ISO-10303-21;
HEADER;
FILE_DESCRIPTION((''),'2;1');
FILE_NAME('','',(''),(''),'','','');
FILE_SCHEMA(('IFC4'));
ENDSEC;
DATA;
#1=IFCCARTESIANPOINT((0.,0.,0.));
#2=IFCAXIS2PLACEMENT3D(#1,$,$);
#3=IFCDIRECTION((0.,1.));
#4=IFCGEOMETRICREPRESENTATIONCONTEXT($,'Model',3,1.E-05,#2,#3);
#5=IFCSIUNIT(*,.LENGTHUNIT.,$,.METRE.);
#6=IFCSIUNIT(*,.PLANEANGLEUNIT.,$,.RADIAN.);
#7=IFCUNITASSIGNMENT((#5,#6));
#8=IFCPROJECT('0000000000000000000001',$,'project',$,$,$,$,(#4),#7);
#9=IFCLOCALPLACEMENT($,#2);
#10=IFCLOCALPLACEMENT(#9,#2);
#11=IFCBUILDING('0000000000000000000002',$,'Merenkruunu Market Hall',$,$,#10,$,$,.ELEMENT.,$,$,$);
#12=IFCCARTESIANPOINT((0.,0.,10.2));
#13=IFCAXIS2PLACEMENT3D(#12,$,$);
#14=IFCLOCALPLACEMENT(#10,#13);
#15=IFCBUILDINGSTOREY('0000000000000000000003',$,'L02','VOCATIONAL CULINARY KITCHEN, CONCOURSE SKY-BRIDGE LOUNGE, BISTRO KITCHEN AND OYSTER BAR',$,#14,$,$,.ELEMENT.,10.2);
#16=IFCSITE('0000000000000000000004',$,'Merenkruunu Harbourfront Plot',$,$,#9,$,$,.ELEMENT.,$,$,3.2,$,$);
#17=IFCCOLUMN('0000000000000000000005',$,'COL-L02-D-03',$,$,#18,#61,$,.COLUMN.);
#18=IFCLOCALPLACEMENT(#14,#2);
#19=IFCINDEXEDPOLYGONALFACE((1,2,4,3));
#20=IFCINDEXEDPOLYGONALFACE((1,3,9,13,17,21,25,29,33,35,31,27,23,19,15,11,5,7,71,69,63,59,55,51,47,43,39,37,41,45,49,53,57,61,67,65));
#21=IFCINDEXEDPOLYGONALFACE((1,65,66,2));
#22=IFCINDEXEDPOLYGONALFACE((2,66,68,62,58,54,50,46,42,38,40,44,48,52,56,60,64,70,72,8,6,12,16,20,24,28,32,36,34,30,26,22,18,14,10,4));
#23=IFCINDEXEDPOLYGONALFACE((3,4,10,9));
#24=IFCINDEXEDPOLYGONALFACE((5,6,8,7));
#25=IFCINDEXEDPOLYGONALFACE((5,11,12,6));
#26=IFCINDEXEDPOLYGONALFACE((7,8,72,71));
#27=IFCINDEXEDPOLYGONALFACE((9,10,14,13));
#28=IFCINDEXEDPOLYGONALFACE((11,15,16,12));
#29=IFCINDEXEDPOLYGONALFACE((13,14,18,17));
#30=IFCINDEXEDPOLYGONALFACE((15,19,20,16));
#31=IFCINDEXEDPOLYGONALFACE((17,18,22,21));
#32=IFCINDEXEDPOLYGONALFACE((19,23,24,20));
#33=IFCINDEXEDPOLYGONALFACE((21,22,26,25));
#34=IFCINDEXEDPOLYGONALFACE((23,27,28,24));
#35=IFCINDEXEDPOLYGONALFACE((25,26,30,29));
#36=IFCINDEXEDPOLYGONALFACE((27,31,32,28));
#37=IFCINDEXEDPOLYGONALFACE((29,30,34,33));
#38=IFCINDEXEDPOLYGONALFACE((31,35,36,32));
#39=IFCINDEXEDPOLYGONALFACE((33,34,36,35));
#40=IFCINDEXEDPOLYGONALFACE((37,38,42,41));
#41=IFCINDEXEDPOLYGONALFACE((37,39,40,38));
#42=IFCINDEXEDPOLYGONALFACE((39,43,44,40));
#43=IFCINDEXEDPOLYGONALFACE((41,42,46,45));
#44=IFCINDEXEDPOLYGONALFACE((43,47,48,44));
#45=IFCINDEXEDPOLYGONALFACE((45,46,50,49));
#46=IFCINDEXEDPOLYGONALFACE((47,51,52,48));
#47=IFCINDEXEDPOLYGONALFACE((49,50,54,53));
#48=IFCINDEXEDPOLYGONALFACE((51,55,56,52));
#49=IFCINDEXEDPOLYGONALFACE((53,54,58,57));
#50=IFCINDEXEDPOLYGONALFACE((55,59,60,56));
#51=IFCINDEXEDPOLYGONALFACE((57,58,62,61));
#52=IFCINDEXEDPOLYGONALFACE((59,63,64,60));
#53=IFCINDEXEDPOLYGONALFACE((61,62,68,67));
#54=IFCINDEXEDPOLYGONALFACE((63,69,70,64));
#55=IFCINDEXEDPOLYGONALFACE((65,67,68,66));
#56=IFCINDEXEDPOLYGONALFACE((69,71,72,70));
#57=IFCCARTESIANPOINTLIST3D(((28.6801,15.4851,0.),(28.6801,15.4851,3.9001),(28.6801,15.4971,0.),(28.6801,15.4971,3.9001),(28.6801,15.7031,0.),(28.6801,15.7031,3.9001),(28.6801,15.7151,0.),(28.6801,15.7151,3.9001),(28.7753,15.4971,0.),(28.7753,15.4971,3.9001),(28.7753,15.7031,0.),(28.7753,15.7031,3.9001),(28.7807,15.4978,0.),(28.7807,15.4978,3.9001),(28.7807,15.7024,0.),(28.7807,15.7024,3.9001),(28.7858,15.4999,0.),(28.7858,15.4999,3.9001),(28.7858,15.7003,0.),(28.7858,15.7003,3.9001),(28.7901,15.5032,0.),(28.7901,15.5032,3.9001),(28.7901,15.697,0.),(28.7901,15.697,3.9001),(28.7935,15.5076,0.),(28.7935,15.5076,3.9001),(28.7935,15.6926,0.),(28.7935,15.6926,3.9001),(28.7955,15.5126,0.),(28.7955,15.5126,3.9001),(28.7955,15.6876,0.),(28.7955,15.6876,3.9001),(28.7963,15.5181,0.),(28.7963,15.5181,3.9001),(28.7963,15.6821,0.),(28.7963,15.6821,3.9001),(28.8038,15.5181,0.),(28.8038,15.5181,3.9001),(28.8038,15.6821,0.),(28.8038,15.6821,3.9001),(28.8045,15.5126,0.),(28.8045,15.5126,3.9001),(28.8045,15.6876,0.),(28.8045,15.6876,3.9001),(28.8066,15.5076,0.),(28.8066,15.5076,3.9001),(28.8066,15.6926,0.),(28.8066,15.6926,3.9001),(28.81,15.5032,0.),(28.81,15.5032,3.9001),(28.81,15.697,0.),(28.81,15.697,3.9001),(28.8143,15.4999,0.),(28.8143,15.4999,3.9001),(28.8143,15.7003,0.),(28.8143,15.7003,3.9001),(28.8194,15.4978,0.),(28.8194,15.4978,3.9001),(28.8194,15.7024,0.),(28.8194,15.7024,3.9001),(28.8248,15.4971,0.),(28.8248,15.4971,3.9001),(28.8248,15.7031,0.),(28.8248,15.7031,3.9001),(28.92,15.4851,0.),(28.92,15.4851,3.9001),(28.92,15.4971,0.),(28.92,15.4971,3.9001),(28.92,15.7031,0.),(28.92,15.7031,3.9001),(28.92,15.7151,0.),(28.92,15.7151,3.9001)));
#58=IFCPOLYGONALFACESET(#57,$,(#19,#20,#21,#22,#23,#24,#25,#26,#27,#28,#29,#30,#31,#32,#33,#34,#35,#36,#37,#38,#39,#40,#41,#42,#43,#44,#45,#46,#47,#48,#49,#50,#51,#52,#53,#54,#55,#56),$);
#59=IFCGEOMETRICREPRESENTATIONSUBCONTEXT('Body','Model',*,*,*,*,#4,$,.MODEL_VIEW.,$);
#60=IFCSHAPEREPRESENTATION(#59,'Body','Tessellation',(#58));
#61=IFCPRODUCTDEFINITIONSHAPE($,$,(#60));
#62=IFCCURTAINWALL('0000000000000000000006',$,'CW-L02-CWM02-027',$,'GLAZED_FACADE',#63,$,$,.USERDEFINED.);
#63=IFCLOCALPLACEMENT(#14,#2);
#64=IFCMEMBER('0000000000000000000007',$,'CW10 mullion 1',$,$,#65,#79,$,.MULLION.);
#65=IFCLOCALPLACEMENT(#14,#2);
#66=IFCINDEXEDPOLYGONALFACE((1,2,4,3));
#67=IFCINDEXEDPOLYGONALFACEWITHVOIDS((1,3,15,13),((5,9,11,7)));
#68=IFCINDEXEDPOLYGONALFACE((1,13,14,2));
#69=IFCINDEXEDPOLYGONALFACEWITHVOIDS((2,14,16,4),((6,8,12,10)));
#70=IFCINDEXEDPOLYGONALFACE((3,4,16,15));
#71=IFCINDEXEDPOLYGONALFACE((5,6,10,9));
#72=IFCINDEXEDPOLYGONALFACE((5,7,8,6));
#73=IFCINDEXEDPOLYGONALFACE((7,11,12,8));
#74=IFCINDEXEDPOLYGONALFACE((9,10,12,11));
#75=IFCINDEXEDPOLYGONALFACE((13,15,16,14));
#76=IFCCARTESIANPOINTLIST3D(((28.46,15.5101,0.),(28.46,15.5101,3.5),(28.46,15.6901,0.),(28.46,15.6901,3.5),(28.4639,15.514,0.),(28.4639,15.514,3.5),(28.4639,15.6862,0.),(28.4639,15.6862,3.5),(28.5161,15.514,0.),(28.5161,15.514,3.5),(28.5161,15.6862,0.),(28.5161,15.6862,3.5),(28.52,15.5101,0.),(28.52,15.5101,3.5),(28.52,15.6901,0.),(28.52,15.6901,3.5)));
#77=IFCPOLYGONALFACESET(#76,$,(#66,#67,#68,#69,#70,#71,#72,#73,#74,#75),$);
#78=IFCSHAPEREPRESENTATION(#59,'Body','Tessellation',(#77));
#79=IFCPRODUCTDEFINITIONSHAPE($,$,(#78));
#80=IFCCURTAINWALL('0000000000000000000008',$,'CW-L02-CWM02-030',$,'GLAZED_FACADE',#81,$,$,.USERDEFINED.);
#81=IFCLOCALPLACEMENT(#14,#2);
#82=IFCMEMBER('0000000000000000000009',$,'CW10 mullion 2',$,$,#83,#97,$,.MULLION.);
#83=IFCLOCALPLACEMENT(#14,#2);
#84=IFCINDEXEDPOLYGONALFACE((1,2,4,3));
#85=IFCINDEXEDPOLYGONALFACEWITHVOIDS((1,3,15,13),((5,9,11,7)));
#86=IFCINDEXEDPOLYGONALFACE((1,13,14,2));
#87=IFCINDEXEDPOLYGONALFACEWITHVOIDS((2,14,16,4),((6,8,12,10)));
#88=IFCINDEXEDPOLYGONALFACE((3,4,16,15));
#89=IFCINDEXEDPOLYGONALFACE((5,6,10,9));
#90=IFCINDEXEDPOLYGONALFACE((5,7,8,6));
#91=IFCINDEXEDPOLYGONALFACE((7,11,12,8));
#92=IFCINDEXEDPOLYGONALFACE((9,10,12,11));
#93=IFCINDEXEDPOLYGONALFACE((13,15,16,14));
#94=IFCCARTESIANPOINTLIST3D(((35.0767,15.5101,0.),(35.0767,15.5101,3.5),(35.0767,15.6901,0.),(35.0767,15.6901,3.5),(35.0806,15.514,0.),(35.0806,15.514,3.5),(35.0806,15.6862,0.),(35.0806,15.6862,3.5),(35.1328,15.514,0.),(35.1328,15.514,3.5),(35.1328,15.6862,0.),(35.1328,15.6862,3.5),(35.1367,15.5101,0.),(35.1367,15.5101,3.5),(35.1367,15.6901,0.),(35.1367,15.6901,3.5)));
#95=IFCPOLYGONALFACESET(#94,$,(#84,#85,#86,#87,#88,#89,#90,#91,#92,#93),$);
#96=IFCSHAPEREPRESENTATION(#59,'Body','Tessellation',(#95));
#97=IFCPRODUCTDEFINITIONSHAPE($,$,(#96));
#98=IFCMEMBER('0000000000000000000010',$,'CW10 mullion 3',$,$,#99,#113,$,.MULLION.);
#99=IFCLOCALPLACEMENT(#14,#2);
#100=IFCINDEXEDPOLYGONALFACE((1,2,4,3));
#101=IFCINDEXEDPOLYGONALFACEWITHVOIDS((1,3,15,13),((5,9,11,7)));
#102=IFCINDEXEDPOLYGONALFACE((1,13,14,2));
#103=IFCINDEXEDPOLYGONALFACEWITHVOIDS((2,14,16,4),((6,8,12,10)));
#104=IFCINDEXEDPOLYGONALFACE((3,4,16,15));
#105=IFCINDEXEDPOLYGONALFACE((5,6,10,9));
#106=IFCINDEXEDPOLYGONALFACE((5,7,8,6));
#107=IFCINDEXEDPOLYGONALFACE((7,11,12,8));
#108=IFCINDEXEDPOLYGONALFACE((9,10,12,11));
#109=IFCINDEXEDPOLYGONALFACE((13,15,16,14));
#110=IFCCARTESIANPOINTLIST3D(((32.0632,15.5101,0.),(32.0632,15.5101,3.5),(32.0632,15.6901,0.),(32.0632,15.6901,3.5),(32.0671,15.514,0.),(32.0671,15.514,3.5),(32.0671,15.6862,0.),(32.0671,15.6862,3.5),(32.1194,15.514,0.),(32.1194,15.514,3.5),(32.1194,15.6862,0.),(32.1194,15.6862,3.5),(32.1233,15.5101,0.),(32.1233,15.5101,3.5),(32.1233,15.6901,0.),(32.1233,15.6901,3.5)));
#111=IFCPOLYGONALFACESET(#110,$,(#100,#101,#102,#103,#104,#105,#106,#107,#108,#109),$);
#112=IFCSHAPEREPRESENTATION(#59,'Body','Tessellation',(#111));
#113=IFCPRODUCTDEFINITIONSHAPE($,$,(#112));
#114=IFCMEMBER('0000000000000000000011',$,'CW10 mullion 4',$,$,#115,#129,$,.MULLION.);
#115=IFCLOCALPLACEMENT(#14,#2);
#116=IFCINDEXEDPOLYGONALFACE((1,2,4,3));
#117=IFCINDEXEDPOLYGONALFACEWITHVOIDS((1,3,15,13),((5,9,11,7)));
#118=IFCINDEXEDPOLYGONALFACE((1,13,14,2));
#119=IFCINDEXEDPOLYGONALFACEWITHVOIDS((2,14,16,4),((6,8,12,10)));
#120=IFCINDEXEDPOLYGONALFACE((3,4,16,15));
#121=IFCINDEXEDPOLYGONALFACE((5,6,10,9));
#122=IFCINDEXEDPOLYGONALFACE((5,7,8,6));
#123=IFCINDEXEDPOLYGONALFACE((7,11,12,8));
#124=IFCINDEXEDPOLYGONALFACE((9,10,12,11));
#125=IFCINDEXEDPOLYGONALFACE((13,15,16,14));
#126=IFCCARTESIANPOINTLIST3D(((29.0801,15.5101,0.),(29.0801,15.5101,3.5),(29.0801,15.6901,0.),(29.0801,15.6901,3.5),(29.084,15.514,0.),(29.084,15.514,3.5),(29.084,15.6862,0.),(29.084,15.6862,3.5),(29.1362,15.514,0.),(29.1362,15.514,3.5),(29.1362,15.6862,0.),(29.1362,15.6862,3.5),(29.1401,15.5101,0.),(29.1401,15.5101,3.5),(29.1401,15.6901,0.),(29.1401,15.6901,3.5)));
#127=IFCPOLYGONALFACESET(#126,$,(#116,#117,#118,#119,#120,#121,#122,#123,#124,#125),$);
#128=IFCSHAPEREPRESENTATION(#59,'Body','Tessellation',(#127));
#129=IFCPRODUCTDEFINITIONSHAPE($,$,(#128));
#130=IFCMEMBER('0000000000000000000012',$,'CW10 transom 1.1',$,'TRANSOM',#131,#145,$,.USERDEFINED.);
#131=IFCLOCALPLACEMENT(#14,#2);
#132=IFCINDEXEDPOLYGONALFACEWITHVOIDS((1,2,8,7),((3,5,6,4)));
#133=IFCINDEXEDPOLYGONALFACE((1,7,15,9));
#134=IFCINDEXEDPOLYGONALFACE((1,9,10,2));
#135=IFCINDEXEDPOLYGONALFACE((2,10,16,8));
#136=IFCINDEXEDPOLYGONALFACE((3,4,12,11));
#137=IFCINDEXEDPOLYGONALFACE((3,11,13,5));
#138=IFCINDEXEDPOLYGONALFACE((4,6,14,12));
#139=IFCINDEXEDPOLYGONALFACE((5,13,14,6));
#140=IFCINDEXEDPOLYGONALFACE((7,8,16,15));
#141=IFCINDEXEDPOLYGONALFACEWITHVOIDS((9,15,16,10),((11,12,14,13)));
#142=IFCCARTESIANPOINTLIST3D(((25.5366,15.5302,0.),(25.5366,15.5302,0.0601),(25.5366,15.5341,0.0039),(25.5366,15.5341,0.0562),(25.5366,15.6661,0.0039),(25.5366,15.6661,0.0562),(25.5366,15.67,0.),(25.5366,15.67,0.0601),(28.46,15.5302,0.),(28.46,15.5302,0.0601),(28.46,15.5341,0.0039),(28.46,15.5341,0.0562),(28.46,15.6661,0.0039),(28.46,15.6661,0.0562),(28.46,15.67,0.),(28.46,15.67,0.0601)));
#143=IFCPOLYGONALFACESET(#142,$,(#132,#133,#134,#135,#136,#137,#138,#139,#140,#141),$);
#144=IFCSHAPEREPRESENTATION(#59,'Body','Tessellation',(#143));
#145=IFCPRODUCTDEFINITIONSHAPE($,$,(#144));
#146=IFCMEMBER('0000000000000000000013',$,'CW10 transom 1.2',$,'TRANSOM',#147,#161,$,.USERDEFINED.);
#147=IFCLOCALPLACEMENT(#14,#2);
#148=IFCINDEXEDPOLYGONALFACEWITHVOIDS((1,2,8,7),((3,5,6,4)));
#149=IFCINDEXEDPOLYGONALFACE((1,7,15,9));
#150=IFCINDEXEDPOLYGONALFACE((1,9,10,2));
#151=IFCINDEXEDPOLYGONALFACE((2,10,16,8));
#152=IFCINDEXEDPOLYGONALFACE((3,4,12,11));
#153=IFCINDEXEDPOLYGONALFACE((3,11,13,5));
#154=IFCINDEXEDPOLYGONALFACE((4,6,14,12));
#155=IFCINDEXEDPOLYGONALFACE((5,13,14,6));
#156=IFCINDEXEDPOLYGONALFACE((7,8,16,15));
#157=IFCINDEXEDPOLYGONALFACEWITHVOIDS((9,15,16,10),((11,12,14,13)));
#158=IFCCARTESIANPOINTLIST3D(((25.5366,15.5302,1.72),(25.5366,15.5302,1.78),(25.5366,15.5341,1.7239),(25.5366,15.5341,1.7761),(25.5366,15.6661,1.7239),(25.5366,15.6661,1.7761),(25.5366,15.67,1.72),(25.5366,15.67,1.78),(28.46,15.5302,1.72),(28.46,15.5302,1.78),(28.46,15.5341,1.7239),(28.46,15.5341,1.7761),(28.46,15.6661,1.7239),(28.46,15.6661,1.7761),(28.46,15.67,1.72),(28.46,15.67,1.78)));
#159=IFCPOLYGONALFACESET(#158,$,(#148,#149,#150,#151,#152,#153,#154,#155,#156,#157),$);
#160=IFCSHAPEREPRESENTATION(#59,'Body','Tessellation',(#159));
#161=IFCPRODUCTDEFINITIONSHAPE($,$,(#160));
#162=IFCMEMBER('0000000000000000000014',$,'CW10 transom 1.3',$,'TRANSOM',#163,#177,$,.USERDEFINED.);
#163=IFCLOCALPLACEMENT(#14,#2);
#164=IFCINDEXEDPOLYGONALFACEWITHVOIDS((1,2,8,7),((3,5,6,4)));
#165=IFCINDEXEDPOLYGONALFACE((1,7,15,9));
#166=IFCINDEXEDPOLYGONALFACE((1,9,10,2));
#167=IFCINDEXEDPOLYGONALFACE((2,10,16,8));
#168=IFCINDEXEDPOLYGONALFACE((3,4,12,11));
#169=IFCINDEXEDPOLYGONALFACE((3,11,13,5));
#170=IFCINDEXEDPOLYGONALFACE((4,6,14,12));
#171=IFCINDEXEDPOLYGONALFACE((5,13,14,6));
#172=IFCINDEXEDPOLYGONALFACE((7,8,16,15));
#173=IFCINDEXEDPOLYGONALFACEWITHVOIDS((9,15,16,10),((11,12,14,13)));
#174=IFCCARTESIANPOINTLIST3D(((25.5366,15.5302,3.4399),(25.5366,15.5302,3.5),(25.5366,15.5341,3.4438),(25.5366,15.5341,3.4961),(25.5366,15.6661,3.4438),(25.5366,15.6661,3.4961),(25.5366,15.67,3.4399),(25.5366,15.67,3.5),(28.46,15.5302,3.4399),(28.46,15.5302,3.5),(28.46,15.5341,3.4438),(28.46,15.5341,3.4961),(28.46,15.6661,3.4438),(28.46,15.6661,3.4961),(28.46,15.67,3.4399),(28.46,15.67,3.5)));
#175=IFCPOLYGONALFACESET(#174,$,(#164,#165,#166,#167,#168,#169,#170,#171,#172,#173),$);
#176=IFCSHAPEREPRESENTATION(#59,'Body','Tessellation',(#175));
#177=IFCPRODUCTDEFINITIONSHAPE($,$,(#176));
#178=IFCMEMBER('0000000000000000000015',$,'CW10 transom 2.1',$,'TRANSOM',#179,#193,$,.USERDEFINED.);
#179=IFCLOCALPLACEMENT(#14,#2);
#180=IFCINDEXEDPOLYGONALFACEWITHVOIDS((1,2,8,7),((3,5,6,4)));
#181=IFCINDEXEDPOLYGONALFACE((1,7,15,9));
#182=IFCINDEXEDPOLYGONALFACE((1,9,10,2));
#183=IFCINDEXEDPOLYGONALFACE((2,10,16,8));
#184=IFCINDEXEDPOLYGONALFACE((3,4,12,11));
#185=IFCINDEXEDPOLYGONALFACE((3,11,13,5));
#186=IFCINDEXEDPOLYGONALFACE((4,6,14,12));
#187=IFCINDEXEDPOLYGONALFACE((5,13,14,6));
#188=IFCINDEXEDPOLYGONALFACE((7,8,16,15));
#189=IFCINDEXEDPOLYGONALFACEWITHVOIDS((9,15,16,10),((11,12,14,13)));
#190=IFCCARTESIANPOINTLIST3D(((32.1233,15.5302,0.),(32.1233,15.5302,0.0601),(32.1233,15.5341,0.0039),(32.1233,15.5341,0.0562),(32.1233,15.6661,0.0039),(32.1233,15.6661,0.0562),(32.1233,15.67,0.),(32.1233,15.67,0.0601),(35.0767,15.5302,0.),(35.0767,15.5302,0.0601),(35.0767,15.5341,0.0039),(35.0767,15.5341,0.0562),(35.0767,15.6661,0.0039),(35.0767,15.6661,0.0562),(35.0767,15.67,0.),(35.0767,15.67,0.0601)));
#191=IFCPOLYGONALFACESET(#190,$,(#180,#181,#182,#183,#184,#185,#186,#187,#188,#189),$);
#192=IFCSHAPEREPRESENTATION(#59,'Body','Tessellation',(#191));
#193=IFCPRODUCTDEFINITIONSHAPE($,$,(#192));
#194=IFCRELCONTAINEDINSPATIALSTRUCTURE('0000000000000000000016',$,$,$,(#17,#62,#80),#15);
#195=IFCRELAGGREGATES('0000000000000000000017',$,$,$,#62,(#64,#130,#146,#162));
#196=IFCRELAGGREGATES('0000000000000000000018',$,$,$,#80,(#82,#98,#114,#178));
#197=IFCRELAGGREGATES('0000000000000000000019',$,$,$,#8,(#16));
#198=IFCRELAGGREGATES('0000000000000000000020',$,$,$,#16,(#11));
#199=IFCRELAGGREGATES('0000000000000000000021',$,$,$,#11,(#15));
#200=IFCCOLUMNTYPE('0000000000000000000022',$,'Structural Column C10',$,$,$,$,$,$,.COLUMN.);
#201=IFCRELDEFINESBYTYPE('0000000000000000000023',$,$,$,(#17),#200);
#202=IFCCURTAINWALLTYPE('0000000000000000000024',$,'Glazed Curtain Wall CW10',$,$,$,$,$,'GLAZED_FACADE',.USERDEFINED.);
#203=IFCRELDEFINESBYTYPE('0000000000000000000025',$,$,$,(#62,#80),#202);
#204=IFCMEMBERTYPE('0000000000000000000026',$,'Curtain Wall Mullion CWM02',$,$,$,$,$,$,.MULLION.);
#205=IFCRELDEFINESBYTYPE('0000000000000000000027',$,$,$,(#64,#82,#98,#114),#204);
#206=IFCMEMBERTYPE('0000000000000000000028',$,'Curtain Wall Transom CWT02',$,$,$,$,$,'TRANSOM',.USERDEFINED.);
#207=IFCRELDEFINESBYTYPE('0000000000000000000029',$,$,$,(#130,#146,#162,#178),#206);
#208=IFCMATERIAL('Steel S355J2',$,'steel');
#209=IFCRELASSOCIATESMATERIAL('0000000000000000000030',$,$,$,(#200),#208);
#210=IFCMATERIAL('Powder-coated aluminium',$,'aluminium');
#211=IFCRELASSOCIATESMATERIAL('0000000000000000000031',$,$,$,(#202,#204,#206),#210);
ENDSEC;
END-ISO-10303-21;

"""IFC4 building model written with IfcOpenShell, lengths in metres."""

from ifc_helpers import new_model, si_unit, direction, frame, origin, origin_2d, place, context, subcontext, project, spatial, hollow_rectangle, i_section, extrude, material, material_profile, profile_set, type_object, element, aggregate, save


model = new_model("IFC4")

# Units and contexts
model_context = context("Model", 3, precision=1e-05, world=origin(), true_north=direction((0.0, 1.0)))
body_context = subcontext(model_context, "Body", "Model", "MODEL_VIEW")
ifc_project = project(units=[si_unit("LENGTHUNIT", "METRE"), si_unit("PLANEANGLEUNIT", "RADIAN")], contexts=[model_context])

# Site, building, storey
site_placement = place(None, origin())
site = spatial("IfcSite", under=ifc_project, at=site_placement, Name="Merenkruunu Harbourfront Plot", CompositionType="ELEMENT", RefElevation=3.2)
building_placement = place(site_placement, origin())
building = spatial("IfcBuilding", under=site, at=building_placement, Name="Merenkruunu Market Hall", CompositionType="ELEMENT")
storey_placement = place(building_placement, frame((0.0, 0.0, 10.2)))
storey = spatial("IfcBuildingStorey", under=building, at=storey_placement, Name="L02", Description="VOCATIONAL CULINARY KITCHEN, CONCOURSE SKY-BRIDGE LOUNGE, BISTRO KITCHEN AND OYSTER BAR", CompositionType="ELEMENT", Elevation=10.2)

# Column
ifc_material_1 = material(Name="Steel S355J2", Category="steel")
ifc_material_profile_1 = material_profile(ifc_material_1, i_section(OverallWidth=0.24, OverallDepth=0.23, WebThickness=0.0076, FlangeThickness=0.012, FilletRadius=0.021, at=origin_2d()), Name="HEA 240")
ifc_profile_set_1 = profile_set([ifc_material_profile_1], Name="Steel S355J2")
column_type = type_object("IfcColumnType", Name="Structural Column C10", PredefinedType="COLUMN", material=ifc_profile_set_1)
column_placement = place(storey_placement, frame((28.8, 15.6001, 0.0), z_axis=(0.0, 0.0, 1.0), x_axis=(1.0, 0.0, 0.0)))
element("IfcColumn", 1, at=column_placement, inside=storey, type_object=column_type, Name="COL-L02-D-03", PredefinedType="COLUMN", context=body_context, shape_type="SweptSolid", body=[
    extrude(i_section(OverallWidth=0.24, OverallDepth=0.23, WebThickness=0.0076, FlangeThickness=0.012, FilletRadius=0.021, at=origin_2d()), origin(), (0.0, 0.0, 1.0), 3.9001),
])

# Curtain wall, member
ifc_material_2 = material(Name="Powder-coated aluminium", Category="aluminium")
curtain_wall_type = type_object("IfcCurtainWallType", Name="Glazed Curtain Wall CW10", ElementType="GLAZED_FACADE", PredefinedType="USERDEFINED", material=ifc_material_2)
curtain_wall_1_placement = place(storey_placement, origin())
curtain_wall_1 = element("IfcCurtainWall", 2, at=curtain_wall_1_placement, inside=storey, type_object=curtain_wall_type, Name="CW-L02-CWM02-027", ObjectType="GLAZED_FACADE", PredefinedType="USERDEFINED")
ifc_material_profile_2 = material_profile(ifc_material_2, hollow_rectangle(XDim=0.0601, YDim=0.1799, WallThickness=0.0039, at=origin_2d()), Name="ALU 60x180x4")
ifc_profile_set_2 = profile_set([ifc_material_profile_2], Name="Powder-coated aluminium")
member_type_1 = type_object("IfcMemberType", Name="Curtain Wall Mullion CWM02", PredefinedType="MULLION", material=ifc_profile_set_2)
member_1_placement = place(storey_placement, frame((28.49, 15.6001, 0.0), z_axis=(0.0, 0.0, 1.0), x_axis=(-1.0, 0.0, 0.0)))
member_1 = element("IfcMember", 3, at=member_1_placement, type_object=member_type_1, Name="CW10 mullion 1", PredefinedType="MULLION", context=body_context, shape_type="SweptSolid", body=[
    extrude(hollow_rectangle(XDim=0.0601, YDim=0.1799, WallThickness=0.0039, at=origin_2d()), origin(), (0.0, 0.0, 1.0), 3.5),
])

# Curtain wall, members
curtain_wall_2_placement = place(storey_placement, origin())
curtain_wall_2 = element("IfcCurtainWall", 4, at=curtain_wall_2_placement, inside=storey, type_object=curtain_wall_type, Name="CW-L02-CWM02-030", ObjectType="GLAZED_FACADE", PredefinedType="USERDEFINED")
member_2_placement = place(storey_placement, frame((35.1067, 15.6001, 0.0), z_axis=(0.0, 0.0, 1.0), x_axis=(-1.0, 0.0, 0.0)))
member_2 = element("IfcMember", 5, at=member_2_placement, type_object=member_type_1, Name="CW10 mullion 2", PredefinedType="MULLION", context=body_context, shape_type="SweptSolid", body=[
    extrude(hollow_rectangle(XDim=0.0601, YDim=0.1799, WallThickness=0.0039, at=origin_2d()), origin(), (0.0, 0.0, 1.0), 3.5),
])
member_3_placement = place(storey_placement, frame((32.0933, 15.6001, 0.0), z_axis=(0.0, 0.0, 1.0), x_axis=(-1.0, 0.0, 0.0)))
member_3 = element("IfcMember", 6, at=member_3_placement, type_object=member_type_1, Name="CW10 mullion 3", PredefinedType="MULLION", context=body_context, shape_type="SweptSolid", body=[
    extrude(hollow_rectangle(XDim=0.0601, YDim=0.1799, WallThickness=0.0039, at=origin_2d()), origin(), (0.0, 0.0, 1.0), 3.5),
])
member_4_placement = place(storey_placement, frame((29.1101, 15.6001, 0.0), z_axis=(0.0, 0.0, 1.0), x_axis=(-1.0, 0.0, 0.0)))
member_4 = element("IfcMember", 7, at=member_4_placement, type_object=member_type_1, Name="CW10 mullion 4", PredefinedType="MULLION", context=body_context, shape_type="SweptSolid", body=[
    extrude(hollow_rectangle(XDim=0.0601, YDim=0.1799, WallThickness=0.0039, at=origin_2d()), origin(), (0.0, 0.0, 1.0), 3.5),
])

# Members
ifc_material_profile_3 = material_profile(ifc_material_2, hollow_rectangle(XDim=0.0601, YDim=0.1399, WallThickness=0.0039, at=origin_2d()), Name="ALU 60x140x4")
ifc_profile_set_3 = profile_set([ifc_material_profile_3], Name="Powder-coated aluminium")
member_type_2 = type_object("IfcMemberType", Name="Curtain Wall Transom CWT02", ElementType="TRANSOM", PredefinedType="USERDEFINED", material=ifc_profile_set_3)
member_5_placement = place(storey_placement, frame((28.46, 15.6001, 0.03), z_axis=(-1.0, 0.0, 0.0), x_axis=(0.0, 0.0, 1.0)))
member_5 = element("IfcMember", 8, at=member_5_placement, type_object=member_type_2, Name="CW10 transom 1.1", ObjectType="TRANSOM", PredefinedType="USERDEFINED", context=body_context, shape_type="SweptSolid", body=[
    extrude(hollow_rectangle(XDim=0.0601, YDim=0.1399, WallThickness=0.0039, at=origin_2d()), origin(), (0.0, 0.0, 1.0), 2.9233),
])
member_6_placement = place(storey_placement, frame((28.46, 15.6001, 1.75), z_axis=(-1.0, 0.0, 0.0), x_axis=(0.0, 0.0, 1.0)))
member_6 = element("IfcMember", 9, at=member_6_placement, type_object=member_type_2, Name="CW10 transom 1.2", ObjectType="TRANSOM", PredefinedType="USERDEFINED", context=body_context, shape_type="SweptSolid", body=[
    extrude(hollow_rectangle(XDim=0.0601, YDim=0.1399, WallThickness=0.0039, at=origin_2d()), origin(), (0.0, 0.0, 1.0), 2.9233),
])
member_7_placement = place(storey_placement, frame((28.46, 15.6001, 3.47), z_axis=(-1.0, 0.0, 0.0), x_axis=(0.0, 0.0, 1.0)))
member_7 = element("IfcMember", 10, at=member_7_placement, type_object=member_type_2, Name="CW10 transom 1.3", ObjectType="TRANSOM", PredefinedType="USERDEFINED", context=body_context, shape_type="SweptSolid", body=[
    extrude(hollow_rectangle(XDim=0.0601, YDim=0.1399, WallThickness=0.0039, at=origin_2d()), origin(), (0.0, 0.0, 1.0), 2.9233),
])
member_8_placement = place(storey_placement, frame((35.0767, 15.6001, 0.03), z_axis=(-1.0, 0.0, 0.0), x_axis=(0.0, 0.0, 1.0)))
member_8 = element("IfcMember", 11, at=member_8_placement, type_object=member_type_2, Name="CW10 transom 2.1", ObjectType="TRANSOM", PredefinedType="USERDEFINED", context=body_context, shape_type="SweptSolid", body=[
    extrude(hollow_rectangle(XDim=0.0601, YDim=0.1399, WallThickness=0.0039, at=origin_2d()), origin(), (0.0, 0.0, 1.0), 2.9534),
])

aggregate(curtain_wall_1, [member_1, member_5, member_6, member_7])
aggregate(curtain_wall_2, [member_2, member_3, member_4, member_8])

save(model, "model.ifc")
